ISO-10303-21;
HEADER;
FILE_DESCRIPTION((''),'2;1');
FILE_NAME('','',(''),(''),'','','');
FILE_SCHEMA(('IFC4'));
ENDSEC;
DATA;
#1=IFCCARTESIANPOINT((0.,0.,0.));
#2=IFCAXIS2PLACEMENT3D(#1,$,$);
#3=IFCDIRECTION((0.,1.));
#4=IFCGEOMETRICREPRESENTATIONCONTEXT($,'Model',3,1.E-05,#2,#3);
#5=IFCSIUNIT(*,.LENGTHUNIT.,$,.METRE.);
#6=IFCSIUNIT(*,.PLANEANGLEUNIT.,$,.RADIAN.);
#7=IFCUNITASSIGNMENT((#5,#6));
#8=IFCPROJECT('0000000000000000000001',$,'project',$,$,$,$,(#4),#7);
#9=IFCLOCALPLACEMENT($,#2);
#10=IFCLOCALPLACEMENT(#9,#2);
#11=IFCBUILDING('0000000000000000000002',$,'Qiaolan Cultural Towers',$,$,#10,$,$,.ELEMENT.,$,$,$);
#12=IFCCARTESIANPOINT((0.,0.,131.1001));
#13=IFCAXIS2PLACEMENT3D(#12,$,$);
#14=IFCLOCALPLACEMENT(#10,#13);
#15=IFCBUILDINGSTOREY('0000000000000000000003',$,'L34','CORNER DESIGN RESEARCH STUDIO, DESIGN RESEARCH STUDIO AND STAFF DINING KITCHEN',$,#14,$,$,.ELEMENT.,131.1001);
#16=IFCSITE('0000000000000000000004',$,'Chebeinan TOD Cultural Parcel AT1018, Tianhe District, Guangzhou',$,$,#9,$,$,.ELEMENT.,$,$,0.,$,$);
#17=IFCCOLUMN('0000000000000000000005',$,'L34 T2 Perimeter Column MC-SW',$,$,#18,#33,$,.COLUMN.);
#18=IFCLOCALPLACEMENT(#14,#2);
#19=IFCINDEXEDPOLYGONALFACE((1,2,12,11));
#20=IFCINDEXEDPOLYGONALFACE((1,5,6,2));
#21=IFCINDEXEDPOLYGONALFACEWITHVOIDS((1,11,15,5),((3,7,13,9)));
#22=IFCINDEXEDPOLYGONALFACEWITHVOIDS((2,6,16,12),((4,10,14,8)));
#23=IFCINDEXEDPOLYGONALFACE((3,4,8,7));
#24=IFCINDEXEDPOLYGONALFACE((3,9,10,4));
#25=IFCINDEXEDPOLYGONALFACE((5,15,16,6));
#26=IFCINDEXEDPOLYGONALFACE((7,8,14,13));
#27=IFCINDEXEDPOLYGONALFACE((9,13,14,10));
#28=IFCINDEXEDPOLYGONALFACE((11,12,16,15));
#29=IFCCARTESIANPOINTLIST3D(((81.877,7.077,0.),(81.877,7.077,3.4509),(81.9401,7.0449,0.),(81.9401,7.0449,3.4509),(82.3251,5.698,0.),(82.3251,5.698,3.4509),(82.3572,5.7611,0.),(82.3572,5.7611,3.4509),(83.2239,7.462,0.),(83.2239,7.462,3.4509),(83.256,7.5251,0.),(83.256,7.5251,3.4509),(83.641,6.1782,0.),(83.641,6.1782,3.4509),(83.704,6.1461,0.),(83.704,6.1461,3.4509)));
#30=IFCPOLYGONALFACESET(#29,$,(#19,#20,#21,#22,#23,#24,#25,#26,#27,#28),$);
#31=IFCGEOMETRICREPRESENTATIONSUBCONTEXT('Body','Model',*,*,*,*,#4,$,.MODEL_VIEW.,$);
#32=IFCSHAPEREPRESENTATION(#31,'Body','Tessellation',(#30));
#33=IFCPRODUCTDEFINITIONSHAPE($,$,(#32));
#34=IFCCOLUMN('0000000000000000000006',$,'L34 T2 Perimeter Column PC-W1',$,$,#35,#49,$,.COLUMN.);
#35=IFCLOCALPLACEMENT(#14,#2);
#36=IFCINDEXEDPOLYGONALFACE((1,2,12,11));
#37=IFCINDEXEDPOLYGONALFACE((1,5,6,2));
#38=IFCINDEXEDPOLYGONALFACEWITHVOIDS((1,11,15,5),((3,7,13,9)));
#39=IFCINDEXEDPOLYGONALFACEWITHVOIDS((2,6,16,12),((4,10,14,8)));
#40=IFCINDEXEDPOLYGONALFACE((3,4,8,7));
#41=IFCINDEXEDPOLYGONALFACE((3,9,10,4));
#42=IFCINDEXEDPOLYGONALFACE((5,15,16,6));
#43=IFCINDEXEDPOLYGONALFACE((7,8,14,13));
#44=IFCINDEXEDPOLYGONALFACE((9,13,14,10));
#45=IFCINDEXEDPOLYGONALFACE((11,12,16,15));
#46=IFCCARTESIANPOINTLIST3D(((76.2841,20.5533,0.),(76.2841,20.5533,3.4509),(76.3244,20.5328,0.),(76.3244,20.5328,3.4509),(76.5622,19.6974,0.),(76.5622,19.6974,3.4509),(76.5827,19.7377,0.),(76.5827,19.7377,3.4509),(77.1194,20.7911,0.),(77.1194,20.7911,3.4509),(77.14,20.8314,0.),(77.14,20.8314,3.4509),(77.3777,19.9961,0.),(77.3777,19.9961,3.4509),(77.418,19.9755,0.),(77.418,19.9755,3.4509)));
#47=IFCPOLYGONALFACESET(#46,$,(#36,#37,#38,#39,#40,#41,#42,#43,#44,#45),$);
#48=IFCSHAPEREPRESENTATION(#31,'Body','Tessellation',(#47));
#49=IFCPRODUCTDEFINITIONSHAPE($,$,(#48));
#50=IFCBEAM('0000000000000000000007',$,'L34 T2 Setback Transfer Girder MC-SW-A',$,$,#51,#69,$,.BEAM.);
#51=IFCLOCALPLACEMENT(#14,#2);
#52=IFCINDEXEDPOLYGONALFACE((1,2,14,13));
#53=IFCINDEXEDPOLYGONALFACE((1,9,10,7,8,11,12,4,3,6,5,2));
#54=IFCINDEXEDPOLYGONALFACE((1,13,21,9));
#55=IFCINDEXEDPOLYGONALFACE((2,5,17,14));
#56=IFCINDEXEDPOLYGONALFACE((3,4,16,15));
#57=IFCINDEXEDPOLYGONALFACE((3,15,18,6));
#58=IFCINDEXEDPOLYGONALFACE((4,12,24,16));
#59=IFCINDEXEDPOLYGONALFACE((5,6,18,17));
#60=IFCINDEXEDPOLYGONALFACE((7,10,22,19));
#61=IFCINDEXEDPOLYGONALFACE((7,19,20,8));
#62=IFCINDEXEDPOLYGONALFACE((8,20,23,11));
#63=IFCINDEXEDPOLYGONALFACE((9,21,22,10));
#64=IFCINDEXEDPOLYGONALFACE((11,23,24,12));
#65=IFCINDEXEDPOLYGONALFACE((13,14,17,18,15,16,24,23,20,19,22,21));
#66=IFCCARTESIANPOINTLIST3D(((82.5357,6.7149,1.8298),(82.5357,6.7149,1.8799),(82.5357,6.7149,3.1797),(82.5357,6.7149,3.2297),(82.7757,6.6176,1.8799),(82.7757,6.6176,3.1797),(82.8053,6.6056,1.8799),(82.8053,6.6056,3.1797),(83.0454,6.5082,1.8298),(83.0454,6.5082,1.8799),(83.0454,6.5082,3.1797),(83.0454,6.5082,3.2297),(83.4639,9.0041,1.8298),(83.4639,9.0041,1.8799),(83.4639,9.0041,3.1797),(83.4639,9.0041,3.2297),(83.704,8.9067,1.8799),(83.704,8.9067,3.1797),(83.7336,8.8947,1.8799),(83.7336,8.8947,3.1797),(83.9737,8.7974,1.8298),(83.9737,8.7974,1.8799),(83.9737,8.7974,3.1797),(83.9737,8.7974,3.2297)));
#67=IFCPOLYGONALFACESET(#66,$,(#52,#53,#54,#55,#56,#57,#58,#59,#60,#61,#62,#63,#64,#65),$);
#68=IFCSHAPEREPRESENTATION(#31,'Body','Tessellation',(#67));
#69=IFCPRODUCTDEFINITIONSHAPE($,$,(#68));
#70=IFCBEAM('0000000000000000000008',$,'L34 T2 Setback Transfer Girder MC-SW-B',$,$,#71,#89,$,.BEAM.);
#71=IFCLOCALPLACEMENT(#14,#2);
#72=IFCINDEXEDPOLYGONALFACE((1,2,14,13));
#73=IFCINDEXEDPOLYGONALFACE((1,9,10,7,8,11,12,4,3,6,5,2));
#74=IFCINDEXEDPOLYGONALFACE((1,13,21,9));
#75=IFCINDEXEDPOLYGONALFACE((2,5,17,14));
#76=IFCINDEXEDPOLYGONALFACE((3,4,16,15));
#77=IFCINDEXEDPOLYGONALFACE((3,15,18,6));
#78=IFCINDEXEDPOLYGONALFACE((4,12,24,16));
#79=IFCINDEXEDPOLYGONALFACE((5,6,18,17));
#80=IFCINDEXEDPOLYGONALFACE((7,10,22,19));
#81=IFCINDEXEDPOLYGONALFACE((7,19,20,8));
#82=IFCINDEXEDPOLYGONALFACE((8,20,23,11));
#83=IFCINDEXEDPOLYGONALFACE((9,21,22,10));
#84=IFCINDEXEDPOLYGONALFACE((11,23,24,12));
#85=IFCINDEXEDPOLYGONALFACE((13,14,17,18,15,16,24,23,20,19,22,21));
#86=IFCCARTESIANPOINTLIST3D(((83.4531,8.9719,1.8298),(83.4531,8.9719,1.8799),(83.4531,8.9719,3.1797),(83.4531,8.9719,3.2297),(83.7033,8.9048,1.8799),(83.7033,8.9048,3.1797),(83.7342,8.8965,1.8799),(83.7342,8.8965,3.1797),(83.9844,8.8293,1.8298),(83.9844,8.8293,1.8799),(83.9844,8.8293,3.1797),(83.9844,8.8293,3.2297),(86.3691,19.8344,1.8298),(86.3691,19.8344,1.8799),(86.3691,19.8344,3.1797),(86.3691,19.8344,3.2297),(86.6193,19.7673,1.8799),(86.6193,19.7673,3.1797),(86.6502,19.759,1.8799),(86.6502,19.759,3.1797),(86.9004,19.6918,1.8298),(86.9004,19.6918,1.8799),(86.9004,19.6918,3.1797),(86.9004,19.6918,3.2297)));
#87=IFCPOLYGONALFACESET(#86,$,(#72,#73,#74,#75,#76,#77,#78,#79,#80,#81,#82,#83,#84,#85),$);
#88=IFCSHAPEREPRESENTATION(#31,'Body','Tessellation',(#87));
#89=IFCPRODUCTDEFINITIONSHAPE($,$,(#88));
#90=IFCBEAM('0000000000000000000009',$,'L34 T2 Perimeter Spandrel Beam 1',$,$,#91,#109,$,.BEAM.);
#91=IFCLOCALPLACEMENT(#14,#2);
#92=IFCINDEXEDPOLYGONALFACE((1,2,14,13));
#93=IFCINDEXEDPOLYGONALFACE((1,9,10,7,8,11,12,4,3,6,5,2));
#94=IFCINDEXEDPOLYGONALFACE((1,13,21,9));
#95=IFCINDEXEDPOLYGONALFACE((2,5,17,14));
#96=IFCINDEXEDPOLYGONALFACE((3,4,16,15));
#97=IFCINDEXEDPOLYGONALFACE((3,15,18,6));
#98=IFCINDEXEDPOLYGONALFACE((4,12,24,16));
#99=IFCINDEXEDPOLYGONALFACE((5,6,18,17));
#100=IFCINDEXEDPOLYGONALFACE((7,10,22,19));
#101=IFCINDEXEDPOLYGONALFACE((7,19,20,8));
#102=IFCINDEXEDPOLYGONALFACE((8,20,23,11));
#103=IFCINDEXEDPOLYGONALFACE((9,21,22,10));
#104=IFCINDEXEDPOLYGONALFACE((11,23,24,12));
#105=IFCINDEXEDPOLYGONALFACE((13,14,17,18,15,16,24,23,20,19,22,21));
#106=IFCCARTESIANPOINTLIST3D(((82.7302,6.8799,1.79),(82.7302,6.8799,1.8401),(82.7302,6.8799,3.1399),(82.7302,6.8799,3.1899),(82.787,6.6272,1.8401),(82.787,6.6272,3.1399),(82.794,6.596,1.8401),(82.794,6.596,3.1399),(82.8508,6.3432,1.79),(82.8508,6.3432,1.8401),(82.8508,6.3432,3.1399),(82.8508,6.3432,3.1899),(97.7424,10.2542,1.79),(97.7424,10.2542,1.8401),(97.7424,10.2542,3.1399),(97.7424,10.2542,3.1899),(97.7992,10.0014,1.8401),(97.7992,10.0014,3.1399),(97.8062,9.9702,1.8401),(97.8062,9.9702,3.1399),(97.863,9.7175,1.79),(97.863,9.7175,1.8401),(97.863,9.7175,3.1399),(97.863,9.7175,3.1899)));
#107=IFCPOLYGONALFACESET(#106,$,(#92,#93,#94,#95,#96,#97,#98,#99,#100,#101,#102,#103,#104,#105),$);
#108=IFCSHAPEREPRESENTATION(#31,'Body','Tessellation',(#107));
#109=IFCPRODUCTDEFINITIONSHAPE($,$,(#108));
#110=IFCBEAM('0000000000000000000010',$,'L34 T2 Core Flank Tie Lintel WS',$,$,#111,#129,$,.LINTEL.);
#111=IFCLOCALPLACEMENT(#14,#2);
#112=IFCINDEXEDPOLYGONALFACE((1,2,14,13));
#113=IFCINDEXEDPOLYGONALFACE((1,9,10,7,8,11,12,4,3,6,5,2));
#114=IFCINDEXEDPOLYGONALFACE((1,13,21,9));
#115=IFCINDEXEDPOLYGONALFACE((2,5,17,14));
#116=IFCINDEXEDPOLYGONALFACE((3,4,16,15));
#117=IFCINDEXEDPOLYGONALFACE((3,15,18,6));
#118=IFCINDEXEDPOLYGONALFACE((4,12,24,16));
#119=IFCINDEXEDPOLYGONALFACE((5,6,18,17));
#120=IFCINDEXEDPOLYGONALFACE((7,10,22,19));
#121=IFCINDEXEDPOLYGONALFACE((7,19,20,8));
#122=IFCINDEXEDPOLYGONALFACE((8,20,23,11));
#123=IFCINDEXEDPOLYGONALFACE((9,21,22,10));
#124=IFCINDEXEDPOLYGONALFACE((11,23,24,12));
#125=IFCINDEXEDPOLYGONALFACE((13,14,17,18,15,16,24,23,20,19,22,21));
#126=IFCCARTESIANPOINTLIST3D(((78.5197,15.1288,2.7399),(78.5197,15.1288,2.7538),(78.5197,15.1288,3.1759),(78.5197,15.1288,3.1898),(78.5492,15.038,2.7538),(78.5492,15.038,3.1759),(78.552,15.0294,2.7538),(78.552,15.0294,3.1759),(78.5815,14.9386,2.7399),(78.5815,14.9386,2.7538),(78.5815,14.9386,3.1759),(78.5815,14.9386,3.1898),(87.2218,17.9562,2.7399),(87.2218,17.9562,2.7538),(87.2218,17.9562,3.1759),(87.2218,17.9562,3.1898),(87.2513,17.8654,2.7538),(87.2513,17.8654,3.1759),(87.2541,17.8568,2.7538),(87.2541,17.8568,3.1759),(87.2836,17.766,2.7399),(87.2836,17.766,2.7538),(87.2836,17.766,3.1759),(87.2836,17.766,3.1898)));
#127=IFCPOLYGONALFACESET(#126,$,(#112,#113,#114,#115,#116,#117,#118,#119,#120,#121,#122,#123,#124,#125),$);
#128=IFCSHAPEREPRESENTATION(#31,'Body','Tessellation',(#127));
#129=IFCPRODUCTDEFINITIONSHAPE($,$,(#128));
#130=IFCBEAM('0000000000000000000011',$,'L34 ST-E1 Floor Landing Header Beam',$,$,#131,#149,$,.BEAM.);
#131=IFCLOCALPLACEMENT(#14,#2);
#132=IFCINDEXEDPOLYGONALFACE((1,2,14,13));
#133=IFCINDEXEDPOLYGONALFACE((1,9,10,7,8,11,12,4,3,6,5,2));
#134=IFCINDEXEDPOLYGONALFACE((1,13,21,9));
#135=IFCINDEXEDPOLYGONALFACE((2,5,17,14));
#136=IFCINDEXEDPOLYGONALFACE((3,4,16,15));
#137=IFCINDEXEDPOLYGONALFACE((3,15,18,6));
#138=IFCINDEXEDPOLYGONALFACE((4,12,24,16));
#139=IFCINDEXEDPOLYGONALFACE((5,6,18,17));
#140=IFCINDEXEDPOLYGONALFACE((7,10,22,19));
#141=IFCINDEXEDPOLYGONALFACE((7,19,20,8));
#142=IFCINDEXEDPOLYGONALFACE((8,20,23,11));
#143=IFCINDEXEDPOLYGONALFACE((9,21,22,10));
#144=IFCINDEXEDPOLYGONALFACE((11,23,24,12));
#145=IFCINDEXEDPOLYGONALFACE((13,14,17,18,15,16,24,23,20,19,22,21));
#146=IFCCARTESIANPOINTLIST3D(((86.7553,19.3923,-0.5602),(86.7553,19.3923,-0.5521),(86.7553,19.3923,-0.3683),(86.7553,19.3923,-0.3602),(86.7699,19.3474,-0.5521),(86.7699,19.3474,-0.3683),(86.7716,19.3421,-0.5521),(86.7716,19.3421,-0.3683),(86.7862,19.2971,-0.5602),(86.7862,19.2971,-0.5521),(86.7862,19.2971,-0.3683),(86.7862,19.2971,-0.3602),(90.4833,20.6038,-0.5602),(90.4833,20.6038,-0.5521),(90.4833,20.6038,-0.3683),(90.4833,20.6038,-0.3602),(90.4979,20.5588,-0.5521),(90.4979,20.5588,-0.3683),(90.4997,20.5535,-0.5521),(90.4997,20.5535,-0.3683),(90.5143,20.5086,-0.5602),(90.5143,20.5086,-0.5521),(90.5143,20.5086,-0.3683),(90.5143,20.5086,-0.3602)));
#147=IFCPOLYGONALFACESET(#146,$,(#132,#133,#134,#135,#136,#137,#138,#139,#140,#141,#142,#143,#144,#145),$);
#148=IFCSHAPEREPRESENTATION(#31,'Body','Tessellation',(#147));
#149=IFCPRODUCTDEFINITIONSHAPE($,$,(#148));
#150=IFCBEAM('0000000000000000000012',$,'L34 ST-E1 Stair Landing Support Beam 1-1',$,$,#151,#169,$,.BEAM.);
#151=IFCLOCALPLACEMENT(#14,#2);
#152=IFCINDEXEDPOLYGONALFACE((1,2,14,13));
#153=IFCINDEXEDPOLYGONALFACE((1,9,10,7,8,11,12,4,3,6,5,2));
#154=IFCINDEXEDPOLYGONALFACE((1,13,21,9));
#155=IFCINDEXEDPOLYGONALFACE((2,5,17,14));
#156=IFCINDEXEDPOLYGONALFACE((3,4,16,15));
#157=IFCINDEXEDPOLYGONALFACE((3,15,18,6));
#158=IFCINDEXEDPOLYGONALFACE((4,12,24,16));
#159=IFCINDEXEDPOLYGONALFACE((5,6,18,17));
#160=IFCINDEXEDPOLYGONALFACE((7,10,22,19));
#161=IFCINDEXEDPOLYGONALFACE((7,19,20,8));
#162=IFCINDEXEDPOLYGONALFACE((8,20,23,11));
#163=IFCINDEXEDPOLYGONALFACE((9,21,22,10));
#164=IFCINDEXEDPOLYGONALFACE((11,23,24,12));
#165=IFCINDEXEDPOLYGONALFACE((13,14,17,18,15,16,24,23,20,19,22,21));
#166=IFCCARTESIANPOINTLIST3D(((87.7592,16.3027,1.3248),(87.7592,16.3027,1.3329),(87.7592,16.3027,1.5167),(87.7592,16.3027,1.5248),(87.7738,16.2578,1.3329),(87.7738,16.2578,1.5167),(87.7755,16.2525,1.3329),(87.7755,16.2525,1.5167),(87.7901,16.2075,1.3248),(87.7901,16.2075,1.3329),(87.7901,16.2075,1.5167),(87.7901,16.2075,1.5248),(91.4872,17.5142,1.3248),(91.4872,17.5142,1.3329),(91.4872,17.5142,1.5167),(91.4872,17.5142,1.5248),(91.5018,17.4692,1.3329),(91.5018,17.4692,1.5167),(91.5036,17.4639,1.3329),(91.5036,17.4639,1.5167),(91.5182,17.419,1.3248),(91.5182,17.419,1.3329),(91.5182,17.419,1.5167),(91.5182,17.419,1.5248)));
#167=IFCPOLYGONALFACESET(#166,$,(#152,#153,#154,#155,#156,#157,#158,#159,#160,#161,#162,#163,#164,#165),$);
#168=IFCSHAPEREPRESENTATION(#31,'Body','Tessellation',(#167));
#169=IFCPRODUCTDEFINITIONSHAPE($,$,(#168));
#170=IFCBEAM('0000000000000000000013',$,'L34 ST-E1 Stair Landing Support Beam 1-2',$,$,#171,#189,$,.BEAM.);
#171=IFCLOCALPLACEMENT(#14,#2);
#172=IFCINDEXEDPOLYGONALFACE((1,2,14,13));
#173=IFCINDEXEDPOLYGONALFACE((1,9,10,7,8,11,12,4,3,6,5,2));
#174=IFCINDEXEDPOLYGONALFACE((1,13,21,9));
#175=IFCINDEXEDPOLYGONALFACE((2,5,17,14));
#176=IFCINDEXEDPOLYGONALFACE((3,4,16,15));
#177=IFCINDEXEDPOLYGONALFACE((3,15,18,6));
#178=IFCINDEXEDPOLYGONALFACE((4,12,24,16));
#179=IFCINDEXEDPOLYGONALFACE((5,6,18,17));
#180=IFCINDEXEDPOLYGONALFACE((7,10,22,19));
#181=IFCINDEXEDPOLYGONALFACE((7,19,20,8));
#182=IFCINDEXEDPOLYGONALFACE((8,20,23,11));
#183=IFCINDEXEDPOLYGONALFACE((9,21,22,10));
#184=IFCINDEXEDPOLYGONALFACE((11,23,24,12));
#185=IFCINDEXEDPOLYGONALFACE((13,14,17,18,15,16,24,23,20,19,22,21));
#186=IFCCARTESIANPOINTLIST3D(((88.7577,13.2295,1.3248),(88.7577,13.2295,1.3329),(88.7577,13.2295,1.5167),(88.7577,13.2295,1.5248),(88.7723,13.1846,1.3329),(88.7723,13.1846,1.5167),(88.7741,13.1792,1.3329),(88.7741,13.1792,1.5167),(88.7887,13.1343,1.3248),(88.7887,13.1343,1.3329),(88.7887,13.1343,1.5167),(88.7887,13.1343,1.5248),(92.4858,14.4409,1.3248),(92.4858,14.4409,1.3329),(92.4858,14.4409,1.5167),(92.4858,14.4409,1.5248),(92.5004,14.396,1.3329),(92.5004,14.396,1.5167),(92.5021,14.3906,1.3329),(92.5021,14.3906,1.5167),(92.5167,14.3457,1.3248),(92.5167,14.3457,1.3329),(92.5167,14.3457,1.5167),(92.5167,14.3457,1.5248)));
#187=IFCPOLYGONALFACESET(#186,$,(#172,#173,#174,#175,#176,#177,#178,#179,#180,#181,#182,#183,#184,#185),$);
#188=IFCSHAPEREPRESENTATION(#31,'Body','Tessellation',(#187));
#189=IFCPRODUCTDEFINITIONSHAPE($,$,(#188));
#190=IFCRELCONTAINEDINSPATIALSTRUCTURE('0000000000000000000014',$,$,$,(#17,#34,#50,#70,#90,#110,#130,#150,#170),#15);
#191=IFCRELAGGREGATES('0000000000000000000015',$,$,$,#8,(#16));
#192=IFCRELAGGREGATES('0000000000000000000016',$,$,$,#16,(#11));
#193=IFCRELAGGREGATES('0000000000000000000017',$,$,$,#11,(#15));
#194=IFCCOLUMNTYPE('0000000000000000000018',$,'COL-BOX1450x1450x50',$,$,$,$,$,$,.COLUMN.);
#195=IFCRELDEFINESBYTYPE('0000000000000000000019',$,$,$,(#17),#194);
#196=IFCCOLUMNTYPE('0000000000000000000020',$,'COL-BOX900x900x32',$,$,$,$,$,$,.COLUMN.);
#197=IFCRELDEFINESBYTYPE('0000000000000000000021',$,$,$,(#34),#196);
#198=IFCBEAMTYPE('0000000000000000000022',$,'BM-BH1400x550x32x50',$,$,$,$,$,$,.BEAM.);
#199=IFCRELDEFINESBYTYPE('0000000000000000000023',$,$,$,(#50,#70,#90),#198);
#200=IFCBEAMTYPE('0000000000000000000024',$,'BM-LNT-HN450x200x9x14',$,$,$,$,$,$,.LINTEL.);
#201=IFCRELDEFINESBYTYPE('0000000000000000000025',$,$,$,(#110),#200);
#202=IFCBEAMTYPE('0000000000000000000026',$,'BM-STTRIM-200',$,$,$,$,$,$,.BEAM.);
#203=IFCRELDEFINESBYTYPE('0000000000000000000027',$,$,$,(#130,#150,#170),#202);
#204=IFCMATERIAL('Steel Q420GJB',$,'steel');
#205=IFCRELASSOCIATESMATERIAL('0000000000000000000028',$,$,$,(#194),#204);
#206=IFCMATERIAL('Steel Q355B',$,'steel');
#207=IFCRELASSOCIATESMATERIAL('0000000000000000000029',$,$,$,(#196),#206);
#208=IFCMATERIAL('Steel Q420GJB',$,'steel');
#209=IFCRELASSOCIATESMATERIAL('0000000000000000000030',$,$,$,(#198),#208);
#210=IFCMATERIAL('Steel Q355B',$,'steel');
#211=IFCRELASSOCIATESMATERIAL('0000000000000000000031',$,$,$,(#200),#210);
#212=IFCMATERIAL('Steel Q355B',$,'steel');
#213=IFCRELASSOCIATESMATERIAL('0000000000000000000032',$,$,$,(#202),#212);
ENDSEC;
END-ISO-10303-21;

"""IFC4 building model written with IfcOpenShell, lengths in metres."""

from ifc_helpers import new_model, si_unit, direction, frame, origin, origin_2d, place, context, subcontext, project, spatial, hollow_rectangle, i_section, extrude, material, material_profile, profile_set, type_object, element, save


model = new_model("IFC4")

# Units and contexts
model_context = context("Model", 3, precision=1e-05, world=origin(), true_north=direction((0.0, 1.0)))
body_context = subcontext(model_context, "Body", "Model", "MODEL_VIEW")
ifc_project = project(units=[si_unit("LENGTHUNIT", "METRE"), si_unit("PLANEANGLEUNIT", "RADIAN")], contexts=[model_context])

# Site, building, storey
site_placement = place(None, origin())
site = spatial("IfcSite", under=ifc_project, at=site_placement, Name="Chebeinan TOD Cultural Parcel AT1018, Tianhe District, Guangzhou", CompositionType="ELEMENT", RefElevation=0.0)
building_placement = place(site_placement, origin())
building = spatial("IfcBuilding", under=site, at=building_placement, Name="Qiaolan Cultural Towers", CompositionType="ELEMENT")
storey_placement = place(building_placement, frame((0.0, 0.0, 131.1001)))
storey = spatial("IfcBuildingStorey", under=building, at=storey_placement, Name="L34", Description="CORNER DESIGN RESEARCH STUDIO, DESIGN RESEARCH STUDIO AND STAFF DINING KITCHEN", CompositionType="ELEMENT", Elevation=131.1001)

# Columns
ifc_material_1 = material(Name="Steel Q420GJB", Category="steel")
ifc_material_profile_1 = material_profile(ifc_material_1, hollow_rectangle(XDim=1.45, YDim=1.45, WallThickness=0.05, at=origin_2d()), Name="BOX1450x1450x50")
ifc_profile_set_1 = profile_set([ifc_material_profile_1], Name="Steel Q420GJB")
column_type_1 = type_object("IfcColumnType", Name="COL-BOX1450x1450x50", PredefinedType="COLUMN", material=ifc_profile_set_1)
column_1_placement = place(storey_placement, frame((82.7905, 6.6116, 0.0), z_axis=(0.0, 0.0, 1.0), x_axis=(0.951057, 0.309017, 0.0)))
element("IfcColumn", 1, at=column_1_placement, inside=storey, type_object=column_type_1, Name="L34 T2 Perimeter Column MC-SW", PredefinedType="COLUMN", context=body_context, shape_type="SweptSolid", body=[
    extrude(hollow_rectangle(XDim=1.45, YDim=1.45, WallThickness=0.05, at=origin_2d()), origin(), (0.0, 0.0, 1.0), 3.4509),
])
ifc_material_2 = material(Name="Steel Q355B", Category="steel")
ifc_material_profile_2 = material_profile(ifc_material_2, hollow_rectangle(XDim=0.8999, YDim=0.8999, WallThickness=0.032, at=origin_2d()), Name="BOX900x900x32")
ifc_profile_set_2 = profile_set([ifc_material_profile_2], Name="Steel Q355B")
column_type_2 = type_object("IfcColumnType", Name="COL-BOX900x900x32", PredefinedType="COLUMN", material=ifc_profile_set_2)
column_2_placement = place(storey_placement, frame((76.8511, 20.2644, 0.0), z_axis=(0.0, 0.0, 1.0), x_axis=(0.951057, 0.309017, 0.0)))
element("IfcColumn", 2, at=column_2_placement, inside=storey, type_object=column_type_2, Name="L34 T2 Perimeter Column PC-W1", PredefinedType="COLUMN", context=body_context, shape_type="SweptSolid", body=[
    extrude(hollow_rectangle(XDim=0.8999, YDim=0.8999, WallThickness=0.032, at=origin_2d()), origin(), (0.0, 0.0, 1.0), 3.4509),
])

# Beams
ifc_material_3 = material(Name="Steel Q420GJB", Category="steel")
ifc_material_profile_3 = material_profile(ifc_material_3, i_section(OverallWidth=0.55, OverallDepth=1.3999, WebThickness=0.032, FlangeThickness=0.05, at=origin_2d()), Name="BH1400x550x32x50")
ifc_profile_set_3 = profile_set([ifc_material_profile_3], Name="Steel Q420GJB")
beam_type_1 = type_object("IfcBeamType", Name="BM-BH1400x550x32x50", PredefinedType="BEAM", material=ifc_profile_set_3)
beam_1_placement = place(storey_placement, frame((82.7905, 6.6116, 2.5298), z_axis=(0.375783, 0.926708, 0.0), x_axis=(-0.926708, 0.375783, 0.0)))
element("IfcBeam", 3, at=beam_1_placement, inside=storey, type_object=beam_type_1, Name="L34 T2 Setback Transfer Girder MC-SW-A", PredefinedType="BEAM", context=body_context, shape_type="SweptSolid", body=[
    extrude(i_section(OverallWidth=0.55, OverallDepth=1.3999, WebThickness=0.032, FlangeThickness=0.05, at=origin_2d()), origin(), (0.0, 0.0, 1.0), 2.4702),
])
beam_2_placement = place(storey_placement, frame((83.7188, 8.9006, 2.5298), z_axis=(0.259267, 0.965806, 0.0), x_axis=(-0.965806, 0.259267, 0.0)))
element("IfcBeam", 4, at=beam_2_placement, inside=storey, type_object=beam_type_1, Name="L34 T2 Setback Transfer Girder MC-SW-B", PredefinedType="BEAM", context=body_context, shape_type="SweptSolid", body=[
    extrude(i_section(OverallWidth=0.55, OverallDepth=1.3999, WebThickness=0.032, FlangeThickness=0.05, at=origin_2d()), origin(), (0.0, 0.0, 1.0), 11.2471),
])
beam_3_placement = place(storey_placement, frame((82.7905, 6.6116, 2.49), z_axis=(0.975658, 0.219297, 0.0), x_axis=(-0.219297, 0.975658, 0.0)))
element("IfcBeam", 5, at=beam_3_placement, inside=storey, type_object=beam_type_1, Name="L34 T2 Perimeter Spandrel Beam 1", PredefinedType="BEAM", context=body_context, shape_type="SweptSolid", body=[
    extrude(i_section(OverallWidth=0.55, OverallDepth=1.3999, WebThickness=0.032, FlangeThickness=0.05, at=origin_2d()), origin(), (0.0, 0.0, 1.0), 15.3867),
])
ifc_material_4 = material(Name="Steel Q355B", Category="steel")
ifc_material_profile_4 = material_profile(ifc_material_4, i_section(OverallWidth=0.2, OverallDepth=0.45, WebThickness=0.009, FlangeThickness=0.0139, at=origin_2d()), Name="HN450x200x9x14")
ifc_profile_set_4 = profile_set([ifc_material_profile_4], Name="Steel Q355B")
beam_type_2 = type_object("IfcBeamType", Name="BM-LNT-HN450x200x9x14", PredefinedType="LINTEL", material=ifc_profile_set_4)
beam_4_placement = place(storey_placement, frame((87.2527, 17.8611, 2.9648), z_axis=(-0.95106, -0.309006, 0.0), x_axis=(0.309006, -0.95106, 0.0)))
element("IfcBeam", 6, at=beam_4_placement, inside=storey, type_object=beam_type_2, Name="L34 T2 Core Flank Tie Lintel WS", PredefinedType="LINTEL", context=body_context, shape_type="SweptSolid", body=[
    extrude(i_section(OverallWidth=0.2, OverallDepth=0.45, WebThickness=0.009, FlangeThickness=0.0139, at=origin_2d()), origin(), (0.0, 0.0, 1.0), 9.1499),
])
ifc_material_5 = material(Name="Steel Q355B", Category="steel")
ifc_material_profile_5 = material_profile(ifc_material_5, i_section(OverallWidth=0.1001, OverallDepth=0.2, WebThickness=0.0056, FlangeThickness=0.0081, at=origin_2d()), Name="HN200x100x5.5x8")
ifc_profile_set_5 = profile_set([ifc_material_profile_5], Name="Steel Q355B")
beam_type_3 = type_object("IfcBeamType", Name="BM-STTRIM-200", PredefinedType="BEAM", material=ifc_profile_set_5)
for number, where, z_axis, x_axis, name in (
    (7, (86.7708, 19.3447, -0.4602), (0.951048, 0.309044, 0.0), (-0.309044, 0.951048, 0.0), "L34 ST-E1 Floor Landing Header Beam"),
    (8, (87.7747, 16.2551, 1.4248), (0.951048, 0.309044, 0.0), (-0.309044, 0.951048, 0.0), "L34 ST-E1 Stair Landing Support Beam 1-1"),
    (9, (88.7732, 13.1819, 1.4248), (0.951048, 0.309044, 0.0), (-0.309044, 0.951048, 0.0), "L34 ST-E1 Stair Landing Support Beam 1-2"),
):
    element("IfcBeam", number, at=place(storey_placement, frame(where, z_axis=z_axis, x_axis=x_axis)), inside=storey, type_object=beam_type_3, Name=name, PredefinedType="BEAM", context=body_context, shape_type="SweptSolid", body=[
        extrude(i_section(OverallWidth=0.1001, OverallDepth=0.2, WebThickness=0.0056, FlangeThickness=0.0081, at=origin_2d()), origin(), (0.0, 0.0, 1.0), 3.9199),
    ])

save(model, "model.ifc")
